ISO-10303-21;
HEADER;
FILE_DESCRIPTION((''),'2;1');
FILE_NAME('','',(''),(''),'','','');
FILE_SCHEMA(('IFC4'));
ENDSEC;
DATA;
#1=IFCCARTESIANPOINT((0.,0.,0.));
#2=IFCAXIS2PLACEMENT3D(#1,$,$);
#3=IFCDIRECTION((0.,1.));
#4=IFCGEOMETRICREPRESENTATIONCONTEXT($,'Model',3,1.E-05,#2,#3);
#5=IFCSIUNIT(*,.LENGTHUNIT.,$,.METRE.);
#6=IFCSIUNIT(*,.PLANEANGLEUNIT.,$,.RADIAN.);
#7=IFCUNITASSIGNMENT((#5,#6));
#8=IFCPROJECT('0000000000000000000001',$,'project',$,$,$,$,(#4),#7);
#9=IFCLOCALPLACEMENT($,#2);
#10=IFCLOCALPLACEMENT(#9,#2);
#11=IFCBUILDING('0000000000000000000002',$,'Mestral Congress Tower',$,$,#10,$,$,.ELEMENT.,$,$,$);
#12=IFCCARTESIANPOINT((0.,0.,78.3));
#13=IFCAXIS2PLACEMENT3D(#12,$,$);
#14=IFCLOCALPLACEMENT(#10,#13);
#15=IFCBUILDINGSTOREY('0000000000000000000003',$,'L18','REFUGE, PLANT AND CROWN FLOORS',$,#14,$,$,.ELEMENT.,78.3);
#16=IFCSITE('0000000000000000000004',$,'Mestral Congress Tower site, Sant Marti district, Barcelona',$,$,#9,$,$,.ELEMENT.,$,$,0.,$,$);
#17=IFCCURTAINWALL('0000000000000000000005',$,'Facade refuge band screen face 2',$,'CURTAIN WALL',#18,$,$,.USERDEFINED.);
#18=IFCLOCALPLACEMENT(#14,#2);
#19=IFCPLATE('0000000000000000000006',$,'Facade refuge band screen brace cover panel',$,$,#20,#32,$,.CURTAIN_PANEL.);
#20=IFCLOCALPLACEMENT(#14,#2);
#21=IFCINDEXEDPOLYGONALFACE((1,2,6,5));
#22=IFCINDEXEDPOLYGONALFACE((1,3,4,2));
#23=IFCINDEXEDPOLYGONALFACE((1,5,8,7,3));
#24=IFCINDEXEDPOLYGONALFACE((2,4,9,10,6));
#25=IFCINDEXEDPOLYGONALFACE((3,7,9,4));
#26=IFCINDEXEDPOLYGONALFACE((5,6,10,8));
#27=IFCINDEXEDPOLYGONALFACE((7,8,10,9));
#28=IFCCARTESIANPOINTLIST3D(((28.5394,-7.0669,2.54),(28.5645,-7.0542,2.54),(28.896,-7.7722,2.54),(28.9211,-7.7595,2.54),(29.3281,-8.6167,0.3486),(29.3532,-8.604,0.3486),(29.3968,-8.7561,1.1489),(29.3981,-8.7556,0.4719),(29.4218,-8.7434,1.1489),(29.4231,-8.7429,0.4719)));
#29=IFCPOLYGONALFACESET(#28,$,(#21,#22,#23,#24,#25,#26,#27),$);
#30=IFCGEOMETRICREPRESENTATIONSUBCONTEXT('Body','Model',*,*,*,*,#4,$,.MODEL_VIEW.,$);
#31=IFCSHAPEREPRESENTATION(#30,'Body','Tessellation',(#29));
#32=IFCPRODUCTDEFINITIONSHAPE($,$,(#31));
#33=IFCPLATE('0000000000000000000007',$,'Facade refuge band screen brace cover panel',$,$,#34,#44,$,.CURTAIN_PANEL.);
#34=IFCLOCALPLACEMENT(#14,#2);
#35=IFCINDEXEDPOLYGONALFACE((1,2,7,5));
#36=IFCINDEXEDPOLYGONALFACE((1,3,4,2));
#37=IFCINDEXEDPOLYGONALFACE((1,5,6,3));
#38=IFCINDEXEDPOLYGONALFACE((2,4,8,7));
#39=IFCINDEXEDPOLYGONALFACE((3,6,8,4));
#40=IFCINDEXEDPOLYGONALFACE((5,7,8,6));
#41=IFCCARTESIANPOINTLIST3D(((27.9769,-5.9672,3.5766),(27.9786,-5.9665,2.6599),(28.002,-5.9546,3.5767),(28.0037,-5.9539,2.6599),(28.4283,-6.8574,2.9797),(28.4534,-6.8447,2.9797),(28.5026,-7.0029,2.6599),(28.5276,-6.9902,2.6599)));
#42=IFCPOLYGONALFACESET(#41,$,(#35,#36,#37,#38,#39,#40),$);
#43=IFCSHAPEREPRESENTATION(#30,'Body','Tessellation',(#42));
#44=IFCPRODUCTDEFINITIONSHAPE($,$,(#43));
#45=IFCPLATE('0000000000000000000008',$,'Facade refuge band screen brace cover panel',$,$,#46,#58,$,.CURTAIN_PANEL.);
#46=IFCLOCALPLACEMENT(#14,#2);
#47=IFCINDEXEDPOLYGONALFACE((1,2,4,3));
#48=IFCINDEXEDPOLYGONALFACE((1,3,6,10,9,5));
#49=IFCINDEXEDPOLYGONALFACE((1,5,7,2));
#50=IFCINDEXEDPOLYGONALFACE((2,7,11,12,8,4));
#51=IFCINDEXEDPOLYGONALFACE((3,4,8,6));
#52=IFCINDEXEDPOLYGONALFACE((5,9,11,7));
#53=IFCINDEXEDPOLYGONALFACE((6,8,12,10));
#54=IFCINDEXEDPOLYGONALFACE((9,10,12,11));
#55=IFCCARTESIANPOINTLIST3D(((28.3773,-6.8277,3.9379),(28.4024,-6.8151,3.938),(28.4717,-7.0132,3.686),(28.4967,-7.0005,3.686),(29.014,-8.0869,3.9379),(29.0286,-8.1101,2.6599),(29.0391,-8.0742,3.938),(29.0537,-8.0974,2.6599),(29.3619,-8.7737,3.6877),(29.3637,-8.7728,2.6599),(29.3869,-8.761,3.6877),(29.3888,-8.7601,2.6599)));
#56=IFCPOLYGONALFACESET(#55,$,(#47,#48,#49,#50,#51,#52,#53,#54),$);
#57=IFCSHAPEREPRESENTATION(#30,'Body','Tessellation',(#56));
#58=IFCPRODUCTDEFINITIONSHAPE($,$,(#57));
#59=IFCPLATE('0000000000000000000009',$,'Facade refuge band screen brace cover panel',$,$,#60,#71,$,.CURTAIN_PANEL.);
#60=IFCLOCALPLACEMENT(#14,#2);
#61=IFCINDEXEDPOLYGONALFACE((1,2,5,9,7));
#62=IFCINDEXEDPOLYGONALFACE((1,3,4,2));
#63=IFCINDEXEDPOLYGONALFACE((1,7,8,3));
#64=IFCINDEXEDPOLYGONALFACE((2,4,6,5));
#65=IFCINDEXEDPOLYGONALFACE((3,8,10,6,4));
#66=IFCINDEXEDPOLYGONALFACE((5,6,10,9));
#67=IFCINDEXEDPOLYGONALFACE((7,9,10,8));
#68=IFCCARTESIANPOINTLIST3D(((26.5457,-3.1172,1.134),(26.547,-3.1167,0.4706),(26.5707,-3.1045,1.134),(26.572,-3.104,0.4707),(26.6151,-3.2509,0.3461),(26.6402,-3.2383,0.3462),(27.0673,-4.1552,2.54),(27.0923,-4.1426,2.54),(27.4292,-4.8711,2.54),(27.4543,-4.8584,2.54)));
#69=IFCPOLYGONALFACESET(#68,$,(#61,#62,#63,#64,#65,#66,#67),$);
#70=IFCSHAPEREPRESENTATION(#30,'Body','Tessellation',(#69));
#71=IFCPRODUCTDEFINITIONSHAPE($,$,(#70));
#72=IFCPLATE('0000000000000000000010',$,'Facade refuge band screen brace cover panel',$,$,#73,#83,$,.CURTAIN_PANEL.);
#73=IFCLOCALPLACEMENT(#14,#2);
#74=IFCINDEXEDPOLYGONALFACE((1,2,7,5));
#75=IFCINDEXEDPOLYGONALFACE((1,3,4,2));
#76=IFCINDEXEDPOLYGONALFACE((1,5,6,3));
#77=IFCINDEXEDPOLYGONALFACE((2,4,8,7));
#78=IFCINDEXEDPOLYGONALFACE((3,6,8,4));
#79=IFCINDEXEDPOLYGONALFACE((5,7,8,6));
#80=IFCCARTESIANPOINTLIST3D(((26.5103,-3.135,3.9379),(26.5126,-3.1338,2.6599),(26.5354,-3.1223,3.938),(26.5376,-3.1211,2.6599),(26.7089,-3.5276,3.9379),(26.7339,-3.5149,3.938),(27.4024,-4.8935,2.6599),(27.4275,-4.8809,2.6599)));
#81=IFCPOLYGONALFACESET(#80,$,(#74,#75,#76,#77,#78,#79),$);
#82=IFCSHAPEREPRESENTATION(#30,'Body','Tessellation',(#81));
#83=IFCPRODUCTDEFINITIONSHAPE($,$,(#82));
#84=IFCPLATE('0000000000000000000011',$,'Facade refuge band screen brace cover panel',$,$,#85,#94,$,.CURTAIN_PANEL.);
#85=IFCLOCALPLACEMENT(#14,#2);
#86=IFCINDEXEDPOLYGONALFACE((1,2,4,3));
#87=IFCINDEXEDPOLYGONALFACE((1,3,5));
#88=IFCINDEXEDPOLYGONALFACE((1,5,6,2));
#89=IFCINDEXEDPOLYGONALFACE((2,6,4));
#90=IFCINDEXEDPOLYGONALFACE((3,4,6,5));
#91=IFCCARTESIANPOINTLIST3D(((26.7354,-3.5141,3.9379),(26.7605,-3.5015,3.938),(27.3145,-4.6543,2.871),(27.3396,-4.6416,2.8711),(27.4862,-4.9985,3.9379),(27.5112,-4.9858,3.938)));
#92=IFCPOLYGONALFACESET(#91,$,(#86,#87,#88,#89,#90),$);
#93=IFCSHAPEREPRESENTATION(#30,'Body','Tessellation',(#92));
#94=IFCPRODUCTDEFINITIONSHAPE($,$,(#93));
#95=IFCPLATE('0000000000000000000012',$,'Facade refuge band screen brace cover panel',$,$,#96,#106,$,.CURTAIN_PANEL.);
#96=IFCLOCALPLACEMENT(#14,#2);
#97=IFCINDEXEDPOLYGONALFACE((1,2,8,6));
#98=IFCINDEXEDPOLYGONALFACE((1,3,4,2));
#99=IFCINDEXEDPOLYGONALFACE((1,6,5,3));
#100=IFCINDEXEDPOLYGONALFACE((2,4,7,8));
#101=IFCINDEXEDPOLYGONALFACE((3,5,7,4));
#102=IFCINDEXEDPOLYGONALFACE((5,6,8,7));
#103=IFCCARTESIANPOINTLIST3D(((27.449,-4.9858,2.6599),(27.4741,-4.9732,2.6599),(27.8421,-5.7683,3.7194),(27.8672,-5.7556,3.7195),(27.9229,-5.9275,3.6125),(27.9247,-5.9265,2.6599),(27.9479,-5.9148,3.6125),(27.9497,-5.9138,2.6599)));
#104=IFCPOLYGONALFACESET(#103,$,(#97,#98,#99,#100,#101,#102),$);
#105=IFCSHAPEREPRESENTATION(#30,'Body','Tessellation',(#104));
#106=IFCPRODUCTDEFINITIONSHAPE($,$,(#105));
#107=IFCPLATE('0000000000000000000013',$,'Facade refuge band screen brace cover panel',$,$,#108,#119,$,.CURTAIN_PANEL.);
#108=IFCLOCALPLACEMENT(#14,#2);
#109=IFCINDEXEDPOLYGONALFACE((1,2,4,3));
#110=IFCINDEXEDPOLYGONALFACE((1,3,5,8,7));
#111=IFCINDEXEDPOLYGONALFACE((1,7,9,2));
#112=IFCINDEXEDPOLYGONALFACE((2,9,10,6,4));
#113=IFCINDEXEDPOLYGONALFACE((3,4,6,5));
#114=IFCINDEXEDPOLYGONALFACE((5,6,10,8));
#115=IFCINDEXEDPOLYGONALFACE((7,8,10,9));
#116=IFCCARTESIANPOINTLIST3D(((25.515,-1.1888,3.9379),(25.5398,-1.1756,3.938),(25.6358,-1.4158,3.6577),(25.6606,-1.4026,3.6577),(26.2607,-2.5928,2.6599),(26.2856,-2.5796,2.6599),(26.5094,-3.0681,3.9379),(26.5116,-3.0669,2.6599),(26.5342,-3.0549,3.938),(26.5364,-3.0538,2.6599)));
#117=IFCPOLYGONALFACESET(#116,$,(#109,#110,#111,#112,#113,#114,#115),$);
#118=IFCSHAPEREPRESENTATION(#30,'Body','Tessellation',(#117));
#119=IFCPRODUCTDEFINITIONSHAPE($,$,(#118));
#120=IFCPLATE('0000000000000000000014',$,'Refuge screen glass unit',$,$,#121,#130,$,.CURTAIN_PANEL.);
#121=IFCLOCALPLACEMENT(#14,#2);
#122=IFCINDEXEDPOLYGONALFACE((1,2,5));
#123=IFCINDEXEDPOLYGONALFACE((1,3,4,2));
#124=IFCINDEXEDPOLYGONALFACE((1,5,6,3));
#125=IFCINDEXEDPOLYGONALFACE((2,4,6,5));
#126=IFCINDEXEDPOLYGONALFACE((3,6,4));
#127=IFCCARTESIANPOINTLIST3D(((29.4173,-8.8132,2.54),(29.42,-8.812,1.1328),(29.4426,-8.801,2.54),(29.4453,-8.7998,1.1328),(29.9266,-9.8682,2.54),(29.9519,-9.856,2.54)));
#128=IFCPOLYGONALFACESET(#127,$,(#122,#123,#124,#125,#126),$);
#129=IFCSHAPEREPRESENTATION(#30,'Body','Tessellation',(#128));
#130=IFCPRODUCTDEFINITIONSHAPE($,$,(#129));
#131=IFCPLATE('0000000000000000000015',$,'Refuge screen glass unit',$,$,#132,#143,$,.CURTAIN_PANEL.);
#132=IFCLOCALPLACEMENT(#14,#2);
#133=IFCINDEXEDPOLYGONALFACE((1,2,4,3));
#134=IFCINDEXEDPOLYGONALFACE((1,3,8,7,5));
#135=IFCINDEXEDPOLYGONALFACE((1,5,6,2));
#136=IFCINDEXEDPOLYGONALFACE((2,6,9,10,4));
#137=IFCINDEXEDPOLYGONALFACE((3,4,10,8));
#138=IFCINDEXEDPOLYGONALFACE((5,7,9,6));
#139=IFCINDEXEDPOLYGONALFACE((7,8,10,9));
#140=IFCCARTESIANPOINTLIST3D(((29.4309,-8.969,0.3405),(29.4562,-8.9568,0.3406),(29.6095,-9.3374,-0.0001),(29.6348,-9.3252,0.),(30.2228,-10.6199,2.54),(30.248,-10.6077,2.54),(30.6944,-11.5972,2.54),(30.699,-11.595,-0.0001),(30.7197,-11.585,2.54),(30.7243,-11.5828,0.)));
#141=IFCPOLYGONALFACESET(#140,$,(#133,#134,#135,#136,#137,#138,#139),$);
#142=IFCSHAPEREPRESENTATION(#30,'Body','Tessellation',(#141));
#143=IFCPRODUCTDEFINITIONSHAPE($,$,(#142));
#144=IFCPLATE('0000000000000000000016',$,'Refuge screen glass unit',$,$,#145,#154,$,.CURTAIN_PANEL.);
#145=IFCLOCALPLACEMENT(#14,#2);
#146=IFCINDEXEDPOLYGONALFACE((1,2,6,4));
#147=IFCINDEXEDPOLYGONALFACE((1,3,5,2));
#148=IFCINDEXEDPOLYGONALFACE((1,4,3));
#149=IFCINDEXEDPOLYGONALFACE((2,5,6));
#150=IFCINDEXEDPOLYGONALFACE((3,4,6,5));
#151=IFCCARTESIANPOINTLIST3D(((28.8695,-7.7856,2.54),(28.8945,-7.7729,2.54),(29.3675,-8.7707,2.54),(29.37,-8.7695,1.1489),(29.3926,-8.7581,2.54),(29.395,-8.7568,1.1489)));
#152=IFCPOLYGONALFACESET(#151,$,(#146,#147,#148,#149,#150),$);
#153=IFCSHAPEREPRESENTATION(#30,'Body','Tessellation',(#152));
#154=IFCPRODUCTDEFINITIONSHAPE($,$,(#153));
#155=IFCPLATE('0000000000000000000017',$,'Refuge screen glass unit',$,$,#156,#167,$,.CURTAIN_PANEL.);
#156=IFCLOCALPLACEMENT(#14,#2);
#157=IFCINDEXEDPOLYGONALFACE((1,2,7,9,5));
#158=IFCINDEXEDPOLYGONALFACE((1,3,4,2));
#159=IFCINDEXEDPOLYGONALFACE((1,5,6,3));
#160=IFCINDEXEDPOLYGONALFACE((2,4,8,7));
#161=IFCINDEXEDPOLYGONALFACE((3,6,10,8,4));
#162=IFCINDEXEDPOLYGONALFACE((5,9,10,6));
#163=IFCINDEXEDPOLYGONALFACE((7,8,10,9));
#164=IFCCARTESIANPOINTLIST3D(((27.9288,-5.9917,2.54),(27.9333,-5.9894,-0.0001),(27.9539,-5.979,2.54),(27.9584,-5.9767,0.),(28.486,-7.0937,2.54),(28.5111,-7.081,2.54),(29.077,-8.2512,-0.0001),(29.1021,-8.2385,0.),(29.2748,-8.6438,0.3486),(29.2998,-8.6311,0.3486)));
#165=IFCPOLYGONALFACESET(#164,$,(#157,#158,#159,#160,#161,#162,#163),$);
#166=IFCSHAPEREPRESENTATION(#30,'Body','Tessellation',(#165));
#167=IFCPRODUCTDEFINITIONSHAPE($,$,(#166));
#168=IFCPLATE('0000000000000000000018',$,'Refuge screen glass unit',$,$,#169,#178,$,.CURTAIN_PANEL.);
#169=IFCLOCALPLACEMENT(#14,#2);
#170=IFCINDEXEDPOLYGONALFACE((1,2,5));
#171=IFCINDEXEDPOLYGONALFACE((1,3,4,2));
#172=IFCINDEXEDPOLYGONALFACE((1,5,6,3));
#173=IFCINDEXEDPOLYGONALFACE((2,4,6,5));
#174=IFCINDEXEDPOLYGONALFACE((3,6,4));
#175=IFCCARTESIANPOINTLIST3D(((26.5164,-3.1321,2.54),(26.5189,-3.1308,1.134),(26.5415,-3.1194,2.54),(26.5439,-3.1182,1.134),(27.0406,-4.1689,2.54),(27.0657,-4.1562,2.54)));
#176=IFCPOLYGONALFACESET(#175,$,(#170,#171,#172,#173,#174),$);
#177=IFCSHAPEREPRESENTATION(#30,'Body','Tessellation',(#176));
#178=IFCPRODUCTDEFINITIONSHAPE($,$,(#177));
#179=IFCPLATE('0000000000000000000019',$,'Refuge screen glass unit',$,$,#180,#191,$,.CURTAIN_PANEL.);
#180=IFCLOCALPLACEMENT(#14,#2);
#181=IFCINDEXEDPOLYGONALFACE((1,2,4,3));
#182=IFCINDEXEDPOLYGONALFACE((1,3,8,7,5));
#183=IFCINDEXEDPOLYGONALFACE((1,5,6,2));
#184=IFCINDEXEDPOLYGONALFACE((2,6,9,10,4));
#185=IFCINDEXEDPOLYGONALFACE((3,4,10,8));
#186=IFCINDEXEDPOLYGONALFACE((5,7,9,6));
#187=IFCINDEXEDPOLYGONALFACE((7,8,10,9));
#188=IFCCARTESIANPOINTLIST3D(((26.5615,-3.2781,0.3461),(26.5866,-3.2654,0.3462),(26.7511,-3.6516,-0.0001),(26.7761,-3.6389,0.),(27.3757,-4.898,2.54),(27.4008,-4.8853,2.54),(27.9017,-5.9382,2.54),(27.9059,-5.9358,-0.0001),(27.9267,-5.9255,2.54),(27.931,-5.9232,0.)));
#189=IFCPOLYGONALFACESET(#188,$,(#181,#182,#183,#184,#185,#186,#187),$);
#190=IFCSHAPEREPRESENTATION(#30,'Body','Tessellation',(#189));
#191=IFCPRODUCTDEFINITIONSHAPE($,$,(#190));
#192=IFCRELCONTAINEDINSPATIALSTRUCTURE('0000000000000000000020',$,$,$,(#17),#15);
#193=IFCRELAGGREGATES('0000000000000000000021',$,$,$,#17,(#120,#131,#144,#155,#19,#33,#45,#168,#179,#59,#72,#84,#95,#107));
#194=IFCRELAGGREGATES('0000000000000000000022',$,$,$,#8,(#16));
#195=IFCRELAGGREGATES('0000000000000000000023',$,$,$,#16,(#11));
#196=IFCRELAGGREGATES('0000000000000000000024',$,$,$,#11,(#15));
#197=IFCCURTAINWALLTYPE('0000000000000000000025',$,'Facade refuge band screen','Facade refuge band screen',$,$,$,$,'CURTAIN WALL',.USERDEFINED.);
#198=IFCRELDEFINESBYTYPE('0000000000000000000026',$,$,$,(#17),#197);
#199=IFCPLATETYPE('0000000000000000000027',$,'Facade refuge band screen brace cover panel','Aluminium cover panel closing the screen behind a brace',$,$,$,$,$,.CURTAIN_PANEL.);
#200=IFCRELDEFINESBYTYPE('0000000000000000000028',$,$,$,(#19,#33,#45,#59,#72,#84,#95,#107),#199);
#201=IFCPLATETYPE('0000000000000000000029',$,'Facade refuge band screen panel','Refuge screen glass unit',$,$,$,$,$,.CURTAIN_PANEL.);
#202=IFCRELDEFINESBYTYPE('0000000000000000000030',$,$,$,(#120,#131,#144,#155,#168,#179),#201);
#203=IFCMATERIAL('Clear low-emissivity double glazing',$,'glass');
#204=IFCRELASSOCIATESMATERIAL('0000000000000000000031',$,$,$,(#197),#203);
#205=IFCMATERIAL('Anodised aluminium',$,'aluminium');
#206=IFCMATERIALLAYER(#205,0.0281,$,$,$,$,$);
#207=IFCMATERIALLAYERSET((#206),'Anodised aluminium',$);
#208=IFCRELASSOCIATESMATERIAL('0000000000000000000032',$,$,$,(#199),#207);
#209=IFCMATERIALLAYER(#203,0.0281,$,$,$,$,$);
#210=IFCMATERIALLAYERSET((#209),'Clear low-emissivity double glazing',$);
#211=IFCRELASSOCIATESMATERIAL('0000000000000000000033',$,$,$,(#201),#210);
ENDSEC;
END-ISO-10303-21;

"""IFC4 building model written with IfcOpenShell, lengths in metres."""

from ifc_helpers import new_model, si_unit, direction, frame, origin, place, context, subcontext, project, spatial, polyline, outline, extrude, material, layer, layer_set, type_object, element, aggregate, save


model = new_model("IFC4")

# Units and contexts
model_context = context("Model", 3, precision=1e-05, world=origin(), true_north=direction((0.0, 1.0)))
body_context = subcontext(model_context, "Body", "Model", "MODEL_VIEW")
ifc_project = project(units=[si_unit("LENGTHUNIT", "METRE"), si_unit("PLANEANGLEUNIT", "RADIAN")], contexts=[model_context])

# Site, building, storey
site_placement = place(None, origin())
site = spatial("IfcSite", under=ifc_project, at=site_placement, Name="Mestral Congress Tower site, Sant Marti district, Barcelona", CompositionType="ELEMENT", RefElevation=0.0)
building_placement = place(site_placement, origin())
building = spatial("IfcBuilding", under=site, at=building_placement, Name="Mestral Congress Tower", CompositionType="ELEMENT")
storey_placement = place(building_placement, frame((0.0, 0.0, 78.3)))
storey = spatial("IfcBuildingStorey", under=building, at=storey_placement, Name="L18", Description="REFUGE, PLANT AND CROWN FLOORS", CompositionType="ELEMENT", Elevation=78.3)

# Curtain wall
ifc_material_1 = material(Name="Clear low-emissivity double glazing", Category="glass")
curtain_wall_type = type_object("IfcCurtainWallType", Name="Facade refuge band screen", Description="Facade refuge band screen", ElementType="CURTAIN WALL", PredefinedType="USERDEFINED", material=ifc_material_1)
curtain_wall_placement = place(storey_placement, origin())
curtain_wall = element("IfcCurtainWall", 1, at=curtain_wall_placement, inside=storey, type_object=curtain_wall_type, Name="Facade refuge band screen face 2", ObjectType="CURTAIN WALL", PredefinedType="USERDEFINED")
ifc_material_2 = material(Name="Anodised aluminium", Category="aluminium")

# Plates
ifc_layer_1 = layer(ifc_material_2, 0.0281)
ifc_layer_set_1 = layer_set([ifc_layer_1], Name="Anodised aluminium")
plate_type_1 = type_object("IfcPlateType", Name="Facade refuge band screen brace cover panel", Description="Aluminium cover panel closing the screen behind a brace", PredefinedType="CURTAIN_PANEL", material=ifc_layer_set_1)
plate_1_placement = place(storey_placement, frame((28.5645, -7.0542, 2.54), z_axis=(0.892406, 0.451229, 0.002071), x_axis=(0.281937, -0.553997, -0.783325)))
plate_1 = element("IfcPlate", 2, at=plate_1_placement, type_object=plate_type_1, Name="Facade refuge band screen brace cover panel", PredefinedType="CURTAIN_PANEL", context=body_context, shape_type="SweptSolid", body=[
    extrude(outline(polyline([(0.0, 0.0), (2.7976, 0.0), (2.7976, -0.1984), (2.2673, -0.6192), (0.4913, -0.6191), (0.0, 0.0)])), origin(), (0.0, 0.0, -1.0), 0.0281),
])
plate_2_placement = place(storey_placement, frame((28.0037, -5.9539, 2.6599), z_axis=(0.892422, 0.451198, 0.001971), x_axis=(0.451199, -0.892423, 0.0)))
plate_2 = element("IfcPlate", 3, at=plate_2_placement, type_object=plate_type_1, Name="Facade refuge band screen brace cover panel", PredefinedType="CURTAIN_PANEL", context=body_context, shape_type="SweptSolid", body=[
    extrude(outline(polyline([(0.0, 0.0), (1.1613, 0.0), (0.9979, -0.3198), (-0.0001, -0.9167), (0.0, 0.0)])), origin(), (0.0, 0.0, -1.0), 0.0281),
])
plate_3_placement = place(storey_placement, frame((29.0391, -8.0742, 3.938), z_axis=(0.892397, 0.451248, 0.002017), x_axis=(-0.451248, 0.892398, 0.0)))
plate_3 = element("IfcPlate", 4, at=plate_3_placement, type_object=plate_type_1, Name="Facade refuge band screen brace cover panel", PredefinedType="CURTAIN_PANEL", context=body_context, shape_type="SweptSolid", body=[
    extrude(outline(polyline([(0.0, 0.0), (1.411, 0.0), (1.2029, -0.252), (-0.0273, -1.2781), (-0.7699, -1.2781), (-0.7699, -0.2502), (0.0, 0.0)])), origin(), (0.0, 0.0, -1.0), 0.0281),
])
plate_4_placement = place(storey_placement, frame((26.572, -3.104, 0.4707), z_axis=(0.892417, 0.451206, 0.002062), x_axis=(0.348887, -0.687133, -0.63728)))
plate_4 = element("IfcPlate", 5, at=plate_4_placement, type_object=plate_type_1, Name="Facade refuge band screen brace cover panel", PredefinedType="CURTAIN_PANEL", context=body_context, shape_type="SweptSolid", body=[
    extrude(outline(polyline([(0.0, 0.0), (0.1954, 0.0), (0.1946, -2.8462), (-0.4236, -2.335), (-0.4228, -0.5111), (0.0, 0.0)])), origin(), (0.0, 0.0, -1.0), 0.0281),
])
plate_5_placement = place(storey_placement, frame((26.5354, -3.1223, 3.938), z_axis=(0.892392, 0.451257, 0.001986), x_axis=(0.001737, 0.000964, -0.999998)))
plate_5 = element("IfcPlate", 6, at=plate_5_placement, type_object=plate_type_1, Name="Facade refuge band screen brace cover panel", PredefinedType="CURTAIN_PANEL", context=body_context, shape_type="SweptSolid", body=[
    extrude(outline(polyline([(0.0, 0.0), (1.2781, 0.0), (1.2779, -1.972), (0.0, -0.4399), (0.0, 0.0)])), origin(), (0.0, 0.0, -1.0), 0.0281),
])
plate_6_placement = place(storey_placement, frame((26.7605, -3.5015, 3.938), z_axis=(0.892361, 0.451317, 0.002066), x_axis=(0.347727, -0.684605, -0.640626)))
plate_6 = element("IfcPlate", 7, at=plate_6_placement, type_object=plate_type_1, Name="Facade refuge band screen brace cover panel", PredefinedType="CURTAIN_PANEL", context=body_context, shape_type="SweptSolid", body=[
    extrude(outline(polyline([(0.0, 0.0), (1.6654, 0.0), (1.2773, -1.0656), (0.0, 0.0)])), origin(), (0.0, 0.0, -1.0), 0.0281),
])
plate_7_placement = place(storey_placement, frame((27.9497, -5.9138, 2.6599), z_axis=(0.892399, 0.451242, 0.002126), x_axis=(-0.00185, -0.001053, 0.999998)))
plate_7 = element("IfcPlate", 8, at=plate_7_placement, type_object=plate_type_1, Name="Facade refuge band screen brace cover panel", PredefinedType="CURTAIN_PANEL", context=body_context, shape_type="SweptSolid", body=[
    extrude(outline(polyline([(0.0, 0.0), (0.9526, 0.0), (1.0596, -0.1785), (-0.0001, -1.0541), (0.0, 0.0)])), origin(), (0.0, 0.0, -1.0), 0.0281),
])
plate_8_placement = place(storey_placement, frame((26.5342, -3.0549, 3.938), z_axis=(0.883901, 0.46767, 0.00198), x_axis=(-0.467671, 0.883902, 0.0)))
plate_8 = element("IfcPlate", 9, at=plate_8_placement, type_object=plate_type_1, Name="Facade refuge band screen brace cover panel", PredefinedType="CURTAIN_PANEL", context=body_context, shape_type="SweptSolid", body=[
    extrude(outline(polyline([(0.0, 0.0), (2.1261, 0.0), (1.869, -0.2803), (0.5364, -1.2781), (-0.0001, -1.2781), (0.0, 0.0)])), origin(), (0.0, 0.0, -1.0), 0.0281),
])
ifc_layer_2 = layer(ifc_material_1, 0.0281)
ifc_layer_set_2 = layer_set([ifc_layer_2], Name="Clear low-emissivity double glazing")
plate_type_2 = type_object("IfcPlateType", Name="Facade refuge band screen panel", Description="Refuge screen glass unit", PredefinedType="CURTAIN_PANEL", material=ifc_layer_set_2)
plate_9_placement = place(storey_placement, frame((29.4426, -8.801, 2.54), z_axis=(0.90055, 0.434748, 0.002096), x_axis=(0.001908, 0.000867, -0.999998)))
plate_9 = element("IfcPlate", 10, at=plate_9_placement, type_object=plate_type_2, Name="Refuge screen glass unit", PredefinedType="CURTAIN_PANEL", context=body_context, shape_type="SweptSolid", body=[
    extrude(outline(polyline([(0.0, 0.0), (1.4072, 0.0), (0.0001, -1.1714), (0.0, 0.0)])), origin(), (0.0, 0.0, -1.0), 0.0281),
])
plate_10_placement = place(storey_placement, frame((29.6348, -9.3252, 0.0), z_axis=(0.900601, 0.434642, 0.002007), x_axis=(0.434643, -0.900603, 0.0)))
plate_10 = element("IfcPlate", 11, at=plate_10_placement, type_object=plate_type_2, Name="Refuge screen glass unit", PredefinedType="CURTAIN_PANEL", context=body_context, shape_type="SweptSolid", body=[
    extrude(outline(polyline([(0.0, 0.0), (2.5068, 0.0), (2.5067, -2.54), (1.4216, -2.54), (-0.4094, -0.3406), (0.0, 0.0)])), origin(), (0.0, 0.0, -1.0), 0.0281),
])
plate_11_placement = place(storey_placement, frame((29.3926, -8.7581, 2.54), z_axis=(0.892426, 0.451189, 0.001962), x_axis=(-0.45119, 0.892428, 0.0)))
plate_11 = element("IfcPlate", 12, at=plate_11_placement, type_object=plate_type_2, Name="Refuge screen glass unit", PredefinedType="CURTAIN_PANEL", context=body_context, shape_type="SweptSolid", body=[
    extrude(outline(polyline([(0.0, 0.0), (1.1039, 0.0), (0.0, -1.3911), (0.0, 0.0)])), origin(), (0.0, 0.0, -1.0), 0.0281),
])
plate_12_placement = place(storey_placement, frame((27.9539, -5.979, 2.54), z_axis=(0.892392, 0.451256, 0.001985), x_axis=(0.001775, 0.000888, -0.999998)))
plate_12 = element("IfcPlate", 13, at=plate_12_placement, type_object=plate_type_2, Name="Refuge screen glass unit", PredefinedType="CURTAIN_PANEL", context=body_context, shape_type="SweptSolid", body=[
    extrude(outline(polyline([(0.0, 0.0), (2.54, 0.0), (2.5401, -2.5345), (2.1914, -2.9741), (0.0, -1.2349), (0.0, 0.0)])), origin(), (0.0, 0.0, -1.0), 0.0281),
])
plate_13_placement = place(storey_placement, frame((26.5415, -3.1194, 2.54), z_axis=(0.892442, 0.451159, 0.001941), x_axis=(0.001736, 0.000868, -0.999998)))
plate_13 = element("IfcPlate", 14, at=plate_13_placement, type_object=plate_type_2, Name="Refuge screen glass unit", PredefinedType="CURTAIN_PANEL", context=body_context, shape_type="SweptSolid", body=[
    extrude(outline(polyline([(0.0, 0.0), (1.406, 0.0), (0.0, -1.1618), (0.0, 0.0)])), origin(), (0.0, 0.0, -1.0), 0.0281),
])
plate_14_placement = place(storey_placement, frame((26.7761, -3.6389, 0.0), z_axis=(0.892425, 0.451191, 0.001918), x_axis=(0.451192, -0.892427, 0.0)))
plate_14 = element("IfcPlate", 15, at=plate_14_placement, type_object=plate_type_2, Name="Refuge screen glass unit", PredefinedType="CURTAIN_PANEL", context=body_context, shape_type="SweptSolid", body=[
    extrude(outline(polyline([(0.0, 0.0), (2.5596, 0.0), (2.5598, -2.54), (1.3941, -2.54), (-0.4188, -0.3462), (0.0, 0.0)])), origin(), (0.0, 0.0, -1.0), 0.0281),
])
aggregate(curtain_wall, [plate_9, plate_10, plate_11, plate_12, plate_1, plate_2, plate_3, plate_13, plate_14, plate_4, plate_5, plate_6, plate_7, plate_8])

save(model, "model.ifc")
